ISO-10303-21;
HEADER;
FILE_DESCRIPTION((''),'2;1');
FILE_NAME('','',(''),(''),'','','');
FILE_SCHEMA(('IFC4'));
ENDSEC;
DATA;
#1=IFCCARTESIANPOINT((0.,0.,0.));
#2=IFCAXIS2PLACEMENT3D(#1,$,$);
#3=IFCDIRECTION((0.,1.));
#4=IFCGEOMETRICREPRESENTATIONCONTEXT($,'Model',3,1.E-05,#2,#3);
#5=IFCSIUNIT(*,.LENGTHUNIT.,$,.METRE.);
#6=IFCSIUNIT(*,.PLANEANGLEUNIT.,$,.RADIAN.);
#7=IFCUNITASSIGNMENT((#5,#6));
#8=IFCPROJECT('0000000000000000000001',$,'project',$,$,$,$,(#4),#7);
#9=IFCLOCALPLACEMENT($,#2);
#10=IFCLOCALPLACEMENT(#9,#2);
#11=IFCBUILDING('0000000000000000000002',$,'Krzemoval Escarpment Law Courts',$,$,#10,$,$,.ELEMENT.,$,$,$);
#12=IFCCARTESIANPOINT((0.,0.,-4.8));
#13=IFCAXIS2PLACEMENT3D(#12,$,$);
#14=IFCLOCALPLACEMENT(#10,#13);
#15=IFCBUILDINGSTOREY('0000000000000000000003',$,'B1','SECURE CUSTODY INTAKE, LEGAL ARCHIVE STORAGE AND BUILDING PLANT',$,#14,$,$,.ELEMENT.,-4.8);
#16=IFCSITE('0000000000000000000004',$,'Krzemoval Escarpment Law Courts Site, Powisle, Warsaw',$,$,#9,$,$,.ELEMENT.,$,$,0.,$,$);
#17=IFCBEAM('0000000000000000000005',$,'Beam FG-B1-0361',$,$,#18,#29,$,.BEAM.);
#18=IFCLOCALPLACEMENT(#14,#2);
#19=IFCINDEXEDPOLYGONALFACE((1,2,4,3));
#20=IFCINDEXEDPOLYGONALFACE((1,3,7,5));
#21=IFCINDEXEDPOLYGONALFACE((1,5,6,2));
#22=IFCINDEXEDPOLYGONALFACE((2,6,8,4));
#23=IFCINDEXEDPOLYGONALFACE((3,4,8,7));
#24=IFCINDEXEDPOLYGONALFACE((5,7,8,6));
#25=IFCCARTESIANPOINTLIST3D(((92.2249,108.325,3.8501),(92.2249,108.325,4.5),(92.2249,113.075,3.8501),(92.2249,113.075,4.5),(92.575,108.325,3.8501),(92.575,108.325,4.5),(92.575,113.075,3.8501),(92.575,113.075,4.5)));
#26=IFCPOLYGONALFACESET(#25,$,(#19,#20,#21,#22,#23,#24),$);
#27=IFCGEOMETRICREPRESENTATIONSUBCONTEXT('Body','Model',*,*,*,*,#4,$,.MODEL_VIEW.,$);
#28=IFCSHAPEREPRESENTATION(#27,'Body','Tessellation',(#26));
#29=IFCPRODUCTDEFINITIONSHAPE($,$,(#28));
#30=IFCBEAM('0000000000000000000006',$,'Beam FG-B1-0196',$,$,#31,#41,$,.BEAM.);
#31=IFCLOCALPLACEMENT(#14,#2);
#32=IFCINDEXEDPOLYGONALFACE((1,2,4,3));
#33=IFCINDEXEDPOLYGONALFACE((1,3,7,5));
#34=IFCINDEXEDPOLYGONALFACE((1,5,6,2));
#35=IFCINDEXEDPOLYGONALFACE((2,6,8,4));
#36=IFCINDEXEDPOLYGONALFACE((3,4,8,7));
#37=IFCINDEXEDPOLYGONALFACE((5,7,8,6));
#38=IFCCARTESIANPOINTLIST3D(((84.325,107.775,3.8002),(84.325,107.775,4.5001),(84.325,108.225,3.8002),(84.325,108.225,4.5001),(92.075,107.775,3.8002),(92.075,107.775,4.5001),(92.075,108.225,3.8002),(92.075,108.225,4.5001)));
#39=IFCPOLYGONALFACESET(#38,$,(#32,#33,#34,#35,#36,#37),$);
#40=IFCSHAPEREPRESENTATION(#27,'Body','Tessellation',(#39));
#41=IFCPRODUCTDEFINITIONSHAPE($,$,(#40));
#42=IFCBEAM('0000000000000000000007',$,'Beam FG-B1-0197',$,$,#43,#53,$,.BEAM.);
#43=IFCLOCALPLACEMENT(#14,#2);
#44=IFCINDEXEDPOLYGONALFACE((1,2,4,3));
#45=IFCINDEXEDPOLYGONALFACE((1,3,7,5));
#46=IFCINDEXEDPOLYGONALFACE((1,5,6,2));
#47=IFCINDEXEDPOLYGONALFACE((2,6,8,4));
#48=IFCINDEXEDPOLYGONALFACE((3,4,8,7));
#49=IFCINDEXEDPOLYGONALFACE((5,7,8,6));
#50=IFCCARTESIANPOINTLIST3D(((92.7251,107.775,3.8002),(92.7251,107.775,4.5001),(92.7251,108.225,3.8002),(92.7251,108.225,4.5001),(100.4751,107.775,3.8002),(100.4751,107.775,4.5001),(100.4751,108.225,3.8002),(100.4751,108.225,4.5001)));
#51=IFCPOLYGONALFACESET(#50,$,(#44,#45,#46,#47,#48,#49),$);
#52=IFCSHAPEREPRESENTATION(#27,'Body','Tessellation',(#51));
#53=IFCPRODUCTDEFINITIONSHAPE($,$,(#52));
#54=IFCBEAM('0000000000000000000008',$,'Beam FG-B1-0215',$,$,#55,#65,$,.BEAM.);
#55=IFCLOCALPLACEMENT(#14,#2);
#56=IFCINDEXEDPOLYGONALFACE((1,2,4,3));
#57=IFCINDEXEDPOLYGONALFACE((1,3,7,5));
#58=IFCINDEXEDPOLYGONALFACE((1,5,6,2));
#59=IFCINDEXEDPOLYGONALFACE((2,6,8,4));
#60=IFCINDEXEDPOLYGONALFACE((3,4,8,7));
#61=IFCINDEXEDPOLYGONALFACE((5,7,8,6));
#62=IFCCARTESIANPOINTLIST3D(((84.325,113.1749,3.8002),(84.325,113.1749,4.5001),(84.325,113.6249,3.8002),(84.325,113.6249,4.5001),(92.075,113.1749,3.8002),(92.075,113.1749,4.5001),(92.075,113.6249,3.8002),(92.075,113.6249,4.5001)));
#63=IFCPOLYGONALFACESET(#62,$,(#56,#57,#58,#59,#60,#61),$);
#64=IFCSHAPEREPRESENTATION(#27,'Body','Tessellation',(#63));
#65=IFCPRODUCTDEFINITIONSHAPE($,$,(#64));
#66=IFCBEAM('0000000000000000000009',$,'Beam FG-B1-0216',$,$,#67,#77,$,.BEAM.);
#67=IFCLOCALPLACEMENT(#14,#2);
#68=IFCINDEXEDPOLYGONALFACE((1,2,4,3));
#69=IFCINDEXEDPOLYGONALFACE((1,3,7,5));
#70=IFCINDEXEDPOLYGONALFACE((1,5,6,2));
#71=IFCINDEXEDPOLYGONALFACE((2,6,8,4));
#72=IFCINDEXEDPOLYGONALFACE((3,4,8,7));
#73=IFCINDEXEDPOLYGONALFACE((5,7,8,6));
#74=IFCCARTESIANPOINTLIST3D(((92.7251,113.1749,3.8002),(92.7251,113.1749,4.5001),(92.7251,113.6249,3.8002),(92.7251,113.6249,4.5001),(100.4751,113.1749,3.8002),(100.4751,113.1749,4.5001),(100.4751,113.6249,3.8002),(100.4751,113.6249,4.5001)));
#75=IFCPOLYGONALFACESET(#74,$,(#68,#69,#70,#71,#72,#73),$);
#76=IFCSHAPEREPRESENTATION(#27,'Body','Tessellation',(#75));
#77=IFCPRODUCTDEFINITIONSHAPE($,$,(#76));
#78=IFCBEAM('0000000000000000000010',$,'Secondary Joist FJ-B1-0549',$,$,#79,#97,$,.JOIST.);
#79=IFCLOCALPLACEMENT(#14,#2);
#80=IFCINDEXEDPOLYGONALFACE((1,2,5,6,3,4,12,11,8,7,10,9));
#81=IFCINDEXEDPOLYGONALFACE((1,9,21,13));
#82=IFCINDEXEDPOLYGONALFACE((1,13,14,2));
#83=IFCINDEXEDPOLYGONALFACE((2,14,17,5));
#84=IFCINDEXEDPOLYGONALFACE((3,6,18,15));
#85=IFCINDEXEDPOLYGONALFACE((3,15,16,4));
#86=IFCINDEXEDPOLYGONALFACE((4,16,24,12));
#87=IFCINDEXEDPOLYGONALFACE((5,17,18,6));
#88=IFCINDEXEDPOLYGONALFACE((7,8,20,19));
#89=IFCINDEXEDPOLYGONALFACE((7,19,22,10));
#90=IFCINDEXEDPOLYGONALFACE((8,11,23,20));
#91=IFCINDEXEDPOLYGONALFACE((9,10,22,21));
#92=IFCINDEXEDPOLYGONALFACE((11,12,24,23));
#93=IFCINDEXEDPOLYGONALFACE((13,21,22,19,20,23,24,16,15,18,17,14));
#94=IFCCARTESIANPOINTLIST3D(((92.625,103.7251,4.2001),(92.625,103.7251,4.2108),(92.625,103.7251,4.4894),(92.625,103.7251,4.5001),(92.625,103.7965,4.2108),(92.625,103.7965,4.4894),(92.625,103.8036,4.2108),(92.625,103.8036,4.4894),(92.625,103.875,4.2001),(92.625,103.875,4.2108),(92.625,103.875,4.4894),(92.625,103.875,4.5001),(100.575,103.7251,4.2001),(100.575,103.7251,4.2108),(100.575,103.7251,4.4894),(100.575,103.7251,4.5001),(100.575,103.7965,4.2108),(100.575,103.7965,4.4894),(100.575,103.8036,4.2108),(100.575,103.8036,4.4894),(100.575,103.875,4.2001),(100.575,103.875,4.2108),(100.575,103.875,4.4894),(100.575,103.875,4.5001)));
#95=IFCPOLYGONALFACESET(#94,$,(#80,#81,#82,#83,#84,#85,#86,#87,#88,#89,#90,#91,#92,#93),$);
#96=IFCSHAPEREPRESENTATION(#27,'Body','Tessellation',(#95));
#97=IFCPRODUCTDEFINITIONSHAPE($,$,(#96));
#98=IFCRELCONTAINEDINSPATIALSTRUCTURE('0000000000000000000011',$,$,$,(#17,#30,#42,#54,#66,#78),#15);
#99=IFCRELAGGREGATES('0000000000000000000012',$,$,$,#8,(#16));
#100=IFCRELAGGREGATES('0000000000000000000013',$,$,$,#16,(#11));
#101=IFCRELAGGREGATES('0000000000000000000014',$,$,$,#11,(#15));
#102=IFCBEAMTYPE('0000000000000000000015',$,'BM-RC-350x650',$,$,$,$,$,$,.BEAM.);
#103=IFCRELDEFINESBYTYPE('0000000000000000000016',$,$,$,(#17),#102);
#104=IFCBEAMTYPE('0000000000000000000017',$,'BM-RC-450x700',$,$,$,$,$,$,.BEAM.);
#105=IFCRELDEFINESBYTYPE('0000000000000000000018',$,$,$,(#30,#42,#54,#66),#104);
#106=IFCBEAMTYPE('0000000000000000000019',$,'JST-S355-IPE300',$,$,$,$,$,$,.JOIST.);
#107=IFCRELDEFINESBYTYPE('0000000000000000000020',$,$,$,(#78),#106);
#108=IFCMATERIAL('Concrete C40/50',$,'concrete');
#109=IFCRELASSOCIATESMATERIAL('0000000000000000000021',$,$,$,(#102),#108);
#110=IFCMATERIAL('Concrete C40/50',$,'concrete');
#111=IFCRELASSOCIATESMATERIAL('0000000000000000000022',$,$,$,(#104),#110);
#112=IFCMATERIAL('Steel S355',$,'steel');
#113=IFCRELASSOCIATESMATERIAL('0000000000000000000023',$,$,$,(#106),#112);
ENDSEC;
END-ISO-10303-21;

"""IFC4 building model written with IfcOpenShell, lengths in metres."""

from ifc_helpers import new_model, si_unit, direction, frame, origin, origin_2d, place, context, subcontext, project, spatial, rectangle, i_section, extrude, material, material_profile, profile_set, type_object, element, save


model = new_model("IFC4")

# Units and contexts
model_context = context("Model", 3, precision=1e-05, world=origin(), true_north=direction((0.0, 1.0)))
body_context = subcontext(model_context, "Body", "Model", "MODEL_VIEW")
ifc_project = project(units=[si_unit("LENGTHUNIT", "METRE"), si_unit("PLANEANGLEUNIT", "RADIAN")], contexts=[model_context])

# Site, building, storey
site_placement = place(None, origin())
site = spatial("IfcSite", under=ifc_project, at=site_placement, Name="Krzemoval Escarpment Law Courts Site, Powisle, Warsaw", CompositionType="ELEMENT", RefElevation=0.0)
building_placement = place(site_placement, origin())
building = spatial("IfcBuilding", under=site, at=building_placement, Name="Krzemoval Escarpment Law Courts", CompositionType="ELEMENT")
storey_placement = place(building_placement, frame((0.0, 0.0, -4.8)))
storey = spatial("IfcBuildingStorey", under=building, at=storey_placement, Name="B1", Description="SECURE CUSTODY INTAKE, LEGAL ARCHIVE STORAGE AND BUILDING PLANT", CompositionType="ELEMENT", Elevation=-4.8)

# Beams
ifc_material_1 = material(Name="Concrete C40/50", Category="concrete")
ifc_material_profile_1 = material_profile(ifc_material_1, rectangle(XDim=0.3501, YDim=0.6499, at=origin_2d()), Name="RCB 350x650")
ifc_profile_set_1 = profile_set([ifc_material_profile_1], Name="Concrete C40/50")
beam_type_1 = type_object("IfcBeamType", Name="BM-RC-350x650", PredefinedType="BEAM", material=ifc_profile_set_1)
beam_1_placement = place(storey_placement, frame((92.3999, 108.325, 4.175), z_axis=(0.0, 1.0, 0.0), x_axis=(-1.0, 0.0, 0.0)))
element("IfcBeam", 1, at=beam_1_placement, inside=storey, type_object=beam_type_1, Name="Beam FG-B1-0361", PredefinedType="BEAM", context=body_context, shape_type="SweptSolid", body=[
    extrude(rectangle(XDim=0.3501, YDim=0.6499, at=origin_2d()), origin(), (0.0, 0.0, 1.0), 4.75),
])
ifc_material_2 = material(Name="Concrete C40/50", Category="concrete")
ifc_material_profile_2 = material_profile(ifc_material_2, rectangle(XDim=0.45, YDim=0.7, at=origin_2d()), Name="RCB 450x700")
ifc_profile_set_2 = profile_set([ifc_material_profile_2], Name="Concrete C40/50")
beam_type_2 = type_object("IfcBeamType", Name="BM-RC-450x700", PredefinedType="BEAM", material=ifc_profile_set_2)
for number, where, z_axis, x_axis, name in (
    (2, (84.325, 108.0, 4.1501), (1.0, 0.0, 0.0), (0.0, 1.0, 0.0), "Beam FG-B1-0196"),
    (3, (92.7251, 108.0, 4.1501), (1.0, 0.0, 0.0), (0.0, 1.0, 0.0), "Beam FG-B1-0197"),
    (4, (84.325, 113.3999, 4.1501), (1.0, 0.0, 0.0), (0.0, 1.0, 0.0), "Beam FG-B1-0215"),
    (5, (92.7251, 113.3999, 4.1501), (1.0, 0.0, 0.0), (0.0, 1.0, 0.0), "Beam FG-B1-0216"),
):
    element("IfcBeam", number, at=place(storey_placement, frame(where, z_axis=z_axis, x_axis=x_axis)), inside=storey, type_object=beam_type_2, Name=name, PredefinedType="BEAM", context=body_context, shape_type="SweptSolid", body=[
        extrude(rectangle(XDim=0.45, YDim=0.7, at=origin_2d()), origin(), (0.0, 0.0, 1.0), 7.75),
    ])
ifc_material_3 = material(Name="Steel S355", Category="steel")
ifc_material_profile_3 = material_profile(ifc_material_3, i_section(OverallWidth=0.1499, OverallDepth=0.3, WebThickness=0.0071, FlangeThickness=0.0107, at=origin_2d()), Name="IPE 300")
ifc_profile_set_3 = profile_set([ifc_material_profile_3], Name="Steel S355")
beam_type_3 = type_object("IfcBeamType", Name="JST-S355-IPE300", PredefinedType="JOIST", material=ifc_profile_set_3)
beam_2_placement = place(storey_placement, frame((92.625, 103.8, 4.3501), z_axis=(1.0, 0.0, 0.0), x_axis=(0.0, 1.0, 0.0)))
element("IfcBeam", 6, at=beam_2_placement, inside=storey, type_object=beam_type_3, Name="Secondary Joist FJ-B1-0549", PredefinedType="JOIST", context=body_context, shape_type="SweptSolid", body=[
    extrude(i_section(OverallWidth=0.1499, OverallDepth=0.3, WebThickness=0.0071, FlangeThickness=0.0107, at=origin_2d()), origin(), (0.0, 0.0, 1.0), 7.95),
])

save(model, "model.ifc")
